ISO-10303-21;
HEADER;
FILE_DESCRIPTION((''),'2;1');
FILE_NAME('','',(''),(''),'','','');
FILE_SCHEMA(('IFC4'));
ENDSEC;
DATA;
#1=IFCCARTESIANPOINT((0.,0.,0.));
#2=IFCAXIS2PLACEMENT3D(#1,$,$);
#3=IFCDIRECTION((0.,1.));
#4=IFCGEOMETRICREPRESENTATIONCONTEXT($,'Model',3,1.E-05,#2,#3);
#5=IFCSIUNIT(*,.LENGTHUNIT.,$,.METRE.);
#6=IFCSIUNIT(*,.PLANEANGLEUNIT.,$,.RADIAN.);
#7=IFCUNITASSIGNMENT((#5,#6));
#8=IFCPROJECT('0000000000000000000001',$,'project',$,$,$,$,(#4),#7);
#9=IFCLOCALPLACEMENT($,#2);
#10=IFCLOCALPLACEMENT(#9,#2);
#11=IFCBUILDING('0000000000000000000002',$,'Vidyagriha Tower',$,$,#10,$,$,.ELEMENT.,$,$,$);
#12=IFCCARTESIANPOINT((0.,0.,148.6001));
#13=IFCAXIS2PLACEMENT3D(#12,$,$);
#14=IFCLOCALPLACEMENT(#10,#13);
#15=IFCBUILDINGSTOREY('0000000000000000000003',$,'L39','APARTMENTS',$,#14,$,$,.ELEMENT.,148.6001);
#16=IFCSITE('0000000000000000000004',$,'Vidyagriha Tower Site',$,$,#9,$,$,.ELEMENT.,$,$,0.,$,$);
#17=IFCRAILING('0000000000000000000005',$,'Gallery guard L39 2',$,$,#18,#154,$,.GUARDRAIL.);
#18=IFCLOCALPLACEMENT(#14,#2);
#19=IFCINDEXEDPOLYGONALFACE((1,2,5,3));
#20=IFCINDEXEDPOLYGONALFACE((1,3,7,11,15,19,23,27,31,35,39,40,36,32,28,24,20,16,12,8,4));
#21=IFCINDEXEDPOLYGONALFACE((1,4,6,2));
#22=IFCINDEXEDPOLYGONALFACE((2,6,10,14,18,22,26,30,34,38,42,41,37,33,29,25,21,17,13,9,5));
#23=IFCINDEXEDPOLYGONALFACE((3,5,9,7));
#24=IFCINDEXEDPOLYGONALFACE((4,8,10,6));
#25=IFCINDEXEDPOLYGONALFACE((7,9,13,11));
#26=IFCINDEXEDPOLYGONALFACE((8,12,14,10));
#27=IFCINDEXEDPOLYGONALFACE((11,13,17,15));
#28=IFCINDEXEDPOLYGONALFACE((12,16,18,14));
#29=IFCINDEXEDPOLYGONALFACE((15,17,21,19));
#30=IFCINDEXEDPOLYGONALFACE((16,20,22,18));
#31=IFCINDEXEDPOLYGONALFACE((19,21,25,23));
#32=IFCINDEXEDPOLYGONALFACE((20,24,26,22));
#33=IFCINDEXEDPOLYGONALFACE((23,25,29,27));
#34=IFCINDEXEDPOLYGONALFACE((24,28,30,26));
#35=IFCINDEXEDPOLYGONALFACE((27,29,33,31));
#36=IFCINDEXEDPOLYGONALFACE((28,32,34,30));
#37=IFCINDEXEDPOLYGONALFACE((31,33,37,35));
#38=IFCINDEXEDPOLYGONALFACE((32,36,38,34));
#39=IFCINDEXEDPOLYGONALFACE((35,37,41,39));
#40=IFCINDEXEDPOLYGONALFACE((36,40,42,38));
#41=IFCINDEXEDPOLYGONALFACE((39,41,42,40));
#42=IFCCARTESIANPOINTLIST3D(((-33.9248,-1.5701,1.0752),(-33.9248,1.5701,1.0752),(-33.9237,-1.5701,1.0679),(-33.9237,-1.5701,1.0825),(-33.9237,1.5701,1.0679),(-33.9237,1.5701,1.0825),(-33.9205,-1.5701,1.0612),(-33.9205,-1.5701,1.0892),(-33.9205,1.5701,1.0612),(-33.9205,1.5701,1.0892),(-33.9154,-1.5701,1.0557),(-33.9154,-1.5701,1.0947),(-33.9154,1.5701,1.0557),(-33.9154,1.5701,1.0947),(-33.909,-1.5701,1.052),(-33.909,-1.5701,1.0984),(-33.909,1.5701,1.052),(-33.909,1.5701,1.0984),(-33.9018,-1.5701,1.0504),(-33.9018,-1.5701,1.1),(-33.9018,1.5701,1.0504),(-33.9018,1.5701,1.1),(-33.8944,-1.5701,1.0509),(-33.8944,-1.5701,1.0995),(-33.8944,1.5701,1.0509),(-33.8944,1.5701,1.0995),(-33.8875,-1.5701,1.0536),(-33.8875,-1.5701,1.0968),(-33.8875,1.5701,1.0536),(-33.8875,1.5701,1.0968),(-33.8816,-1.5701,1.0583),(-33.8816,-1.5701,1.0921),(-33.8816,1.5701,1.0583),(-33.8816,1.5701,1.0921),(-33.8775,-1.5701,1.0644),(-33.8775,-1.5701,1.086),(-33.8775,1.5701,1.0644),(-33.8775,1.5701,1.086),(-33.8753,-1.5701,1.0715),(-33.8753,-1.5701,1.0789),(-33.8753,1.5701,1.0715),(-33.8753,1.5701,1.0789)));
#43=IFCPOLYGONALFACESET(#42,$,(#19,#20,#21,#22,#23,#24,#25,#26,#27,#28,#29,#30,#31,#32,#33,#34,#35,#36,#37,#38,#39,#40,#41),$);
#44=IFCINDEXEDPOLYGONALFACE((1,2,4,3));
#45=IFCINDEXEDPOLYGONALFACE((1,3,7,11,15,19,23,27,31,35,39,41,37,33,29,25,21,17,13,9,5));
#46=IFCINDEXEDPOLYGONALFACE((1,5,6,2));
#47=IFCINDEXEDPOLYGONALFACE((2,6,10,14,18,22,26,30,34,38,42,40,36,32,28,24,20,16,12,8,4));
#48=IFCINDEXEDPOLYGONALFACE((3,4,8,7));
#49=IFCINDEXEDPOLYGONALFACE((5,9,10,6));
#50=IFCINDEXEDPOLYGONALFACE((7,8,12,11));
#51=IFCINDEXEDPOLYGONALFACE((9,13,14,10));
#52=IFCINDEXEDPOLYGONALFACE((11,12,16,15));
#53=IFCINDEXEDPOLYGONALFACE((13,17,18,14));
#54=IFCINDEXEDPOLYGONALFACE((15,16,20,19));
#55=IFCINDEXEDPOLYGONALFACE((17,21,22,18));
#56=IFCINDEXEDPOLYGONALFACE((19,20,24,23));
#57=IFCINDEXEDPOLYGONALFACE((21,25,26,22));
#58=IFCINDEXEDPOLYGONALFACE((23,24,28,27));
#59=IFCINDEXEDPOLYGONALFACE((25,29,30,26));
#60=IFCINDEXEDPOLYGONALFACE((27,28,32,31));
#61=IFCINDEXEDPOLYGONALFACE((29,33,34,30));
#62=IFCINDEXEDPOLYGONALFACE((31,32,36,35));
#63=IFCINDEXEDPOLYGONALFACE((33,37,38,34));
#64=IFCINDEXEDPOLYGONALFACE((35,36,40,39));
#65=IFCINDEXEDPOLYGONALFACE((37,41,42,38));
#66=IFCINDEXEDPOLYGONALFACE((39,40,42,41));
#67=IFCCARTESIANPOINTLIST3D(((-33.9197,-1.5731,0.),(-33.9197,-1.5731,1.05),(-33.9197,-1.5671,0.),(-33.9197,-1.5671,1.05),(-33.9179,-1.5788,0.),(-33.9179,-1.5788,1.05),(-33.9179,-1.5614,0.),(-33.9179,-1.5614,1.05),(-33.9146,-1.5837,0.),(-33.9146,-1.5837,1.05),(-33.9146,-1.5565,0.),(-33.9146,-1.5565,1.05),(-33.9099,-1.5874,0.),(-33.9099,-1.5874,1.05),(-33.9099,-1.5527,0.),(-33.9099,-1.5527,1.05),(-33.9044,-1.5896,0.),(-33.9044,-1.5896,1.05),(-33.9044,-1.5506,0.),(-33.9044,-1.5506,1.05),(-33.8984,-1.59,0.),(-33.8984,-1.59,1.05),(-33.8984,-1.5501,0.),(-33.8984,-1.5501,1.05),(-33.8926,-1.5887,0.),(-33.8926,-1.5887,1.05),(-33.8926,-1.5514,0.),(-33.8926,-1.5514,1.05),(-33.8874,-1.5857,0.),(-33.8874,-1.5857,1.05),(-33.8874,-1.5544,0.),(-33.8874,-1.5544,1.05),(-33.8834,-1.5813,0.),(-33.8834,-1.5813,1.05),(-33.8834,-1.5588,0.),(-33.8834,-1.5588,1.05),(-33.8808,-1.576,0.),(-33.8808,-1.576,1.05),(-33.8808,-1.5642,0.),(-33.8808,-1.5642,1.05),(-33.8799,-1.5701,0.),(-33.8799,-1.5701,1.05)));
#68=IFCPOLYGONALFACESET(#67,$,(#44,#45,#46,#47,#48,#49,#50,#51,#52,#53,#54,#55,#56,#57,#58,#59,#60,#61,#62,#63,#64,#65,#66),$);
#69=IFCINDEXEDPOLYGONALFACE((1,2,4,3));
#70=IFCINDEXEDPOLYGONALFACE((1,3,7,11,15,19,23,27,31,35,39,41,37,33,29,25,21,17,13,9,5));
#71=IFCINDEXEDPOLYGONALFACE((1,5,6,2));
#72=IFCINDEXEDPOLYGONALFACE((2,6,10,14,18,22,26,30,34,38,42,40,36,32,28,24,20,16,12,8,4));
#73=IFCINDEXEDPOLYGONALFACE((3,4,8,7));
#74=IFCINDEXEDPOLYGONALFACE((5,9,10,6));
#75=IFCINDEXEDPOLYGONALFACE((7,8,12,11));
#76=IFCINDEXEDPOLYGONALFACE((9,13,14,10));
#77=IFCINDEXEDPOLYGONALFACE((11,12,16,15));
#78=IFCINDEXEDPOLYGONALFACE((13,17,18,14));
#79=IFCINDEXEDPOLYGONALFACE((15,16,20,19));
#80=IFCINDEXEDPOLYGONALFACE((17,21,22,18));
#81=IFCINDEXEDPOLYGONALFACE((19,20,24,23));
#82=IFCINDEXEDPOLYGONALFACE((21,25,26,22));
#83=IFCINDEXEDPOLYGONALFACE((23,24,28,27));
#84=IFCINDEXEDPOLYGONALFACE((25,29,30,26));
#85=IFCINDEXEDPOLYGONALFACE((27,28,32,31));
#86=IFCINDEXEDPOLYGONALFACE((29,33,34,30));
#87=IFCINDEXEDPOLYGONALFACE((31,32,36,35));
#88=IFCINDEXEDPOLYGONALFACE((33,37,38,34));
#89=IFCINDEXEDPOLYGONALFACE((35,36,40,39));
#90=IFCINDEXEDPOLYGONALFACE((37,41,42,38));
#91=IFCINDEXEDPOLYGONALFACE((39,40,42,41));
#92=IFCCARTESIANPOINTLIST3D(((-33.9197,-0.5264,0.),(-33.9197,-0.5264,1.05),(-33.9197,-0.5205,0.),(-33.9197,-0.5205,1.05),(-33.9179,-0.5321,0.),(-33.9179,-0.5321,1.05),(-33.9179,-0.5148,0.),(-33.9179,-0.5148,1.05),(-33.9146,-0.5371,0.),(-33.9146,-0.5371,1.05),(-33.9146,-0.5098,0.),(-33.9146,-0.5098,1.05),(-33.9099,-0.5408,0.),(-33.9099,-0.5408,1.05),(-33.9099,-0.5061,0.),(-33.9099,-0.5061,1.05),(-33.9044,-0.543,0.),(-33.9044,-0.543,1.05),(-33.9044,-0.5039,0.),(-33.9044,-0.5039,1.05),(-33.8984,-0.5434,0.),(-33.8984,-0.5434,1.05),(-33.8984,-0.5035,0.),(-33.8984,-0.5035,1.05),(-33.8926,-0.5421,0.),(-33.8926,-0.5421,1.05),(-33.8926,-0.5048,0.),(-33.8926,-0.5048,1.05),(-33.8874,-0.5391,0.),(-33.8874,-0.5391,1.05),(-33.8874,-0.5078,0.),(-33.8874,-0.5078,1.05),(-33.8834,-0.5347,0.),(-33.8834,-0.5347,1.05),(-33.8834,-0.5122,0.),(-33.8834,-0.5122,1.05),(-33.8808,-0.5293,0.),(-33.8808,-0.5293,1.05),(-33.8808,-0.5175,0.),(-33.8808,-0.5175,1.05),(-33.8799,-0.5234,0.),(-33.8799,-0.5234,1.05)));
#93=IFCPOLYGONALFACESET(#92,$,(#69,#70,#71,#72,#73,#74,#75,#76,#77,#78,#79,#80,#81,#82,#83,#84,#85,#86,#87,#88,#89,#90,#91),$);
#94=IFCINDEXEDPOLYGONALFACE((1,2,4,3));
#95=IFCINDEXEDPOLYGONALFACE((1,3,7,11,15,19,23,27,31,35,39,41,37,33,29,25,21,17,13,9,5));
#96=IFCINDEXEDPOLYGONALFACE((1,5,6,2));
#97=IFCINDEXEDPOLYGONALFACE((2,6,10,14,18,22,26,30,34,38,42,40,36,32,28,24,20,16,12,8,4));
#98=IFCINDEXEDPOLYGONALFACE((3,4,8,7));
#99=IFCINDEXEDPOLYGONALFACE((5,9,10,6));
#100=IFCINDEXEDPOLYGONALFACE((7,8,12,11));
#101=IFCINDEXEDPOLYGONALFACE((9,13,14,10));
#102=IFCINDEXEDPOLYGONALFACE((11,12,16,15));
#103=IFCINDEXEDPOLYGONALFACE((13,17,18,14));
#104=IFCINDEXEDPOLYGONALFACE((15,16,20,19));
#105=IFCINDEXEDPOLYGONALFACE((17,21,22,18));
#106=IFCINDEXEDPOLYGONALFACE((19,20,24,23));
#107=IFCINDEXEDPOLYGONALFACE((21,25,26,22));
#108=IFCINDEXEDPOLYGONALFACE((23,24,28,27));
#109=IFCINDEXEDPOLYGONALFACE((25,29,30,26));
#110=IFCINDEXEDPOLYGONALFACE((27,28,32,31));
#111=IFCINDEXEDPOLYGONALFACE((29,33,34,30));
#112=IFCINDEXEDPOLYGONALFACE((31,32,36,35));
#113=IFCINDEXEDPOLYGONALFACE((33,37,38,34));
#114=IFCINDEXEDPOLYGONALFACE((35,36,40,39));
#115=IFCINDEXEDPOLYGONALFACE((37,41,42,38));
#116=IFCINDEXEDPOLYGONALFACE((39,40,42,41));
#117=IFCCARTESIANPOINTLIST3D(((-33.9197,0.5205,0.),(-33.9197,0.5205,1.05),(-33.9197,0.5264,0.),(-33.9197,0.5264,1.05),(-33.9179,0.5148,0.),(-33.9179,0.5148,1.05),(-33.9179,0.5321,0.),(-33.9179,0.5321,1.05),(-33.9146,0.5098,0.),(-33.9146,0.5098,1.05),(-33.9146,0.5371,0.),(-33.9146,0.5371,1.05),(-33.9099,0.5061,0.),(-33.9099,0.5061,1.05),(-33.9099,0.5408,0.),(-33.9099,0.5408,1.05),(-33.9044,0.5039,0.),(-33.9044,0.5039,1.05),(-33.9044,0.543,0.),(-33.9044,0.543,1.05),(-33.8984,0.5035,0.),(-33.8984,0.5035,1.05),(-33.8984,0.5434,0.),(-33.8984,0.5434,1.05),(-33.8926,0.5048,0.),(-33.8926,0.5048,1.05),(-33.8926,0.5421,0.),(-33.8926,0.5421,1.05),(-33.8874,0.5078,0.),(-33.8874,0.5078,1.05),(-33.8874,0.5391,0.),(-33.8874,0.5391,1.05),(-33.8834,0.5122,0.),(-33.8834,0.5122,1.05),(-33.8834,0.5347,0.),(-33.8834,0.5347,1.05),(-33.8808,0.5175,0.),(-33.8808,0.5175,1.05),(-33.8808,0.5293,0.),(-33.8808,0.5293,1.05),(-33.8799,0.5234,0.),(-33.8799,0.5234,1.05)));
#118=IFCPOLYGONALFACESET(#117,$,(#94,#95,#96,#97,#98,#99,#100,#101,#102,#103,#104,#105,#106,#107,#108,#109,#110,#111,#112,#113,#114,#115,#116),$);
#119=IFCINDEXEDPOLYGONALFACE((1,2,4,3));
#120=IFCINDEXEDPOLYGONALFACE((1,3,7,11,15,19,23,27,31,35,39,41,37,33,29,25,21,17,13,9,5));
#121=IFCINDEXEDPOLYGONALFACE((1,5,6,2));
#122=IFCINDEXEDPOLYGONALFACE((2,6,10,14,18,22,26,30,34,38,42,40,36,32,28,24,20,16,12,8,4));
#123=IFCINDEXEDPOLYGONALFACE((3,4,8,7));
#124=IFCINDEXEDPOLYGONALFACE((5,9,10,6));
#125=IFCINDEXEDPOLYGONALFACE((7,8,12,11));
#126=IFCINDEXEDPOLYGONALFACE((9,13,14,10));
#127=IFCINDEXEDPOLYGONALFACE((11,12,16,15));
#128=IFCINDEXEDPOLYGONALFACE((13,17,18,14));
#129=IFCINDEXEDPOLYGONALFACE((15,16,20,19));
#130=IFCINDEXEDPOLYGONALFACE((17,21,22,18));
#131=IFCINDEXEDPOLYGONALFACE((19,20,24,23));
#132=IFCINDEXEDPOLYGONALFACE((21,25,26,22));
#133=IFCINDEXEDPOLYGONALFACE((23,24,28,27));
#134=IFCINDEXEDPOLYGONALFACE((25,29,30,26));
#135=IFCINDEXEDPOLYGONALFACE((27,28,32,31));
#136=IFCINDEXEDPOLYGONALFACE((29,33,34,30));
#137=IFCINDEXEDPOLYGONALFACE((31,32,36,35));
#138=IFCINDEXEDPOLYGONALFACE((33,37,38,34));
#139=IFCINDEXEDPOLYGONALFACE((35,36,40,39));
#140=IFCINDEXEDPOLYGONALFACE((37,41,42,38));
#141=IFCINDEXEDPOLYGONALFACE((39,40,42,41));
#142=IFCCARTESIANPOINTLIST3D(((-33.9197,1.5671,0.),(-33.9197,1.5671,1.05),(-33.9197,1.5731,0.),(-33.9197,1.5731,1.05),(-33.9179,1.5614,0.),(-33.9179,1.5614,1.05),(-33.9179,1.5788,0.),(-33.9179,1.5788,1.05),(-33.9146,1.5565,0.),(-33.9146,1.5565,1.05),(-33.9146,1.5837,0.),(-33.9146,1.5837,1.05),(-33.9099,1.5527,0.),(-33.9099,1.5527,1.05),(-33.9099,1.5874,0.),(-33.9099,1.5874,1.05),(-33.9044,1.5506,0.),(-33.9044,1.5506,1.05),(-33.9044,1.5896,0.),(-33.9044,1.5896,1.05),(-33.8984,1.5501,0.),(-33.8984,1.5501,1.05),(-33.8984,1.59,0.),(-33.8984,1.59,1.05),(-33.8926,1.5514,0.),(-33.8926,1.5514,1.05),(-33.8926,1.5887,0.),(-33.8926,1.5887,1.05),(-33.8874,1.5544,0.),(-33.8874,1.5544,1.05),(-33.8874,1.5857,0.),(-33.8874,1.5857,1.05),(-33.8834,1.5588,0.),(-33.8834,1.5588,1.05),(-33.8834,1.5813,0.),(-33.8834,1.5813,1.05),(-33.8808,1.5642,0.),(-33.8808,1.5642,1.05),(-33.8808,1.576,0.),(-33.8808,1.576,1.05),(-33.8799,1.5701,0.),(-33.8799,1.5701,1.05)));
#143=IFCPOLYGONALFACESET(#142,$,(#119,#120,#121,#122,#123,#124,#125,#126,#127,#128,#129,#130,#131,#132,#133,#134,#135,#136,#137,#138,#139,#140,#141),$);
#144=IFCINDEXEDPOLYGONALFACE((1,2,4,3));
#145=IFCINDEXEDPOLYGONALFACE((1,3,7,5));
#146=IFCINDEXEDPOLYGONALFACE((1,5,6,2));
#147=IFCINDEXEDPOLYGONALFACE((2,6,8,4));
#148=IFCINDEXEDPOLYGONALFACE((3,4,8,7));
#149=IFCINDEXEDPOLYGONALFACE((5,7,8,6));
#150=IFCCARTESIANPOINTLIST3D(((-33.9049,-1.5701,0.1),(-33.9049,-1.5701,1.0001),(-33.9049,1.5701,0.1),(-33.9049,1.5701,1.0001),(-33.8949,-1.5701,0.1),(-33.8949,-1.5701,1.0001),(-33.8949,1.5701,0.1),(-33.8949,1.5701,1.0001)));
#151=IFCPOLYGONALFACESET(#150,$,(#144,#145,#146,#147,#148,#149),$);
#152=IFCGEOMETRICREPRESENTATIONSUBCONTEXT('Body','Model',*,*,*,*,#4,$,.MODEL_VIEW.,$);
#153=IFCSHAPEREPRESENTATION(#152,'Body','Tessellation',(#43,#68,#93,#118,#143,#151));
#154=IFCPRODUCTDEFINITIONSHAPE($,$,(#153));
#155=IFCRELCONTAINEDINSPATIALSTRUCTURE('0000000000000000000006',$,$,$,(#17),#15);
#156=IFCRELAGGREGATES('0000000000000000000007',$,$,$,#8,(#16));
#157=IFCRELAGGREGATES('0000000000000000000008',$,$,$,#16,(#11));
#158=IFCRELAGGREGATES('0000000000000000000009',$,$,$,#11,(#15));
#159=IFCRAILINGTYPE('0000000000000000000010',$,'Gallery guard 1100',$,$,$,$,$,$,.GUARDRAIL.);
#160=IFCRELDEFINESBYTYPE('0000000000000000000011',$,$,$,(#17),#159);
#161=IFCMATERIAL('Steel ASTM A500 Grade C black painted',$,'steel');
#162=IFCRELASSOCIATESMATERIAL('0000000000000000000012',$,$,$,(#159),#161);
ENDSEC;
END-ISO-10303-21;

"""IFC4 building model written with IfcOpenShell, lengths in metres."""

from ifc_helpers import new_model, si_unit, direction, frame, origin, origin_2d, place, context, subcontext, project, spatial, rectangle, circle, extrude, material, type_object, element, save


model = new_model("IFC4")

# Units and contexts
model_context = context("Model", 3, precision=1e-05, world=origin(), true_north=direction((0.0, 1.0)))
body_context = subcontext(model_context, "Body", "Model", "MODEL_VIEW")
ifc_project = project(units=[si_unit("LENGTHUNIT", "METRE"), si_unit("PLANEANGLEUNIT", "RADIAN")], contexts=[model_context])

# Site, building, storey
site_placement = place(None, origin())
site = spatial("IfcSite", under=ifc_project, at=site_placement, Name="Vidyagriha Tower Site", CompositionType="ELEMENT", RefElevation=0.0)
building_placement = place(site_placement, origin())
building = spatial("IfcBuilding", under=site, at=building_placement, Name="Vidyagriha Tower", CompositionType="ELEMENT")
storey_placement = place(building_placement, frame((0.0, 0.0, 148.6001)))
storey = spatial("IfcBuildingStorey", under=building, at=storey_placement, Name="L39", Description="APARTMENTS", CompositionType="ELEMENT", Elevation=148.6001)

# Railing
ifc_material_1 = material(Name="Steel ASTM A500 Grade C black painted", Category="steel")
railing_type_1 = type_object("IfcRailingType", Name="Gallery guard 1100", PredefinedType="GUARDRAIL", material=ifc_material_1)
railing_1_placement = place(storey_placement, frame((-33.8999, -1.5701, 0.0)))
element("IfcRailing", 1, at=railing_1_placement, inside=storey, type_object=railing_type_1, Name="Gallery guard L39 2", PredefinedType="GUARDRAIL", context=body_context, shape_type="SweptSolid", body=[
    extrude(circle(Radius=0.0249, at=origin_2d()), frame((0.0, 0.0, 1.0752), z_axis=(0.0, 1.0, 0.0), x_axis=(-1.0, 0.0, 0.0)), (0.0, 0.0, 1.0), 3.1401),
    extrude(circle(Radius=0.02, at=origin_2d()), origin(), (0.0, 0.0, 1.0), 1.05),
    extrude(circle(Radius=0.02, at=origin_2d()), frame((0.0, 1.0466, 0.0)), (0.0, 0.0, 1.0), 1.05),
    extrude(circle(Radius=0.02, at=origin_2d()), frame((0.0, 2.0935, 0.0)), (0.0, 0.0, 1.0), 1.05),
    extrude(circle(Radius=0.02, at=origin_2d()), frame((0.0, 3.1401, 0.0)), (0.0, 0.0, 1.0), 1.05),
    extrude(rectangle(XDim=0.01, YDim=0.9001, at=origin_2d()), frame((0.0, 0.0, 0.55), z_axis=(0.0, 1.0, 0.0), x_axis=(-1.0, 0.0, 0.0)), (0.0, 0.0, 1.0), 3.1401),
])

save(model, "model.ifc")
